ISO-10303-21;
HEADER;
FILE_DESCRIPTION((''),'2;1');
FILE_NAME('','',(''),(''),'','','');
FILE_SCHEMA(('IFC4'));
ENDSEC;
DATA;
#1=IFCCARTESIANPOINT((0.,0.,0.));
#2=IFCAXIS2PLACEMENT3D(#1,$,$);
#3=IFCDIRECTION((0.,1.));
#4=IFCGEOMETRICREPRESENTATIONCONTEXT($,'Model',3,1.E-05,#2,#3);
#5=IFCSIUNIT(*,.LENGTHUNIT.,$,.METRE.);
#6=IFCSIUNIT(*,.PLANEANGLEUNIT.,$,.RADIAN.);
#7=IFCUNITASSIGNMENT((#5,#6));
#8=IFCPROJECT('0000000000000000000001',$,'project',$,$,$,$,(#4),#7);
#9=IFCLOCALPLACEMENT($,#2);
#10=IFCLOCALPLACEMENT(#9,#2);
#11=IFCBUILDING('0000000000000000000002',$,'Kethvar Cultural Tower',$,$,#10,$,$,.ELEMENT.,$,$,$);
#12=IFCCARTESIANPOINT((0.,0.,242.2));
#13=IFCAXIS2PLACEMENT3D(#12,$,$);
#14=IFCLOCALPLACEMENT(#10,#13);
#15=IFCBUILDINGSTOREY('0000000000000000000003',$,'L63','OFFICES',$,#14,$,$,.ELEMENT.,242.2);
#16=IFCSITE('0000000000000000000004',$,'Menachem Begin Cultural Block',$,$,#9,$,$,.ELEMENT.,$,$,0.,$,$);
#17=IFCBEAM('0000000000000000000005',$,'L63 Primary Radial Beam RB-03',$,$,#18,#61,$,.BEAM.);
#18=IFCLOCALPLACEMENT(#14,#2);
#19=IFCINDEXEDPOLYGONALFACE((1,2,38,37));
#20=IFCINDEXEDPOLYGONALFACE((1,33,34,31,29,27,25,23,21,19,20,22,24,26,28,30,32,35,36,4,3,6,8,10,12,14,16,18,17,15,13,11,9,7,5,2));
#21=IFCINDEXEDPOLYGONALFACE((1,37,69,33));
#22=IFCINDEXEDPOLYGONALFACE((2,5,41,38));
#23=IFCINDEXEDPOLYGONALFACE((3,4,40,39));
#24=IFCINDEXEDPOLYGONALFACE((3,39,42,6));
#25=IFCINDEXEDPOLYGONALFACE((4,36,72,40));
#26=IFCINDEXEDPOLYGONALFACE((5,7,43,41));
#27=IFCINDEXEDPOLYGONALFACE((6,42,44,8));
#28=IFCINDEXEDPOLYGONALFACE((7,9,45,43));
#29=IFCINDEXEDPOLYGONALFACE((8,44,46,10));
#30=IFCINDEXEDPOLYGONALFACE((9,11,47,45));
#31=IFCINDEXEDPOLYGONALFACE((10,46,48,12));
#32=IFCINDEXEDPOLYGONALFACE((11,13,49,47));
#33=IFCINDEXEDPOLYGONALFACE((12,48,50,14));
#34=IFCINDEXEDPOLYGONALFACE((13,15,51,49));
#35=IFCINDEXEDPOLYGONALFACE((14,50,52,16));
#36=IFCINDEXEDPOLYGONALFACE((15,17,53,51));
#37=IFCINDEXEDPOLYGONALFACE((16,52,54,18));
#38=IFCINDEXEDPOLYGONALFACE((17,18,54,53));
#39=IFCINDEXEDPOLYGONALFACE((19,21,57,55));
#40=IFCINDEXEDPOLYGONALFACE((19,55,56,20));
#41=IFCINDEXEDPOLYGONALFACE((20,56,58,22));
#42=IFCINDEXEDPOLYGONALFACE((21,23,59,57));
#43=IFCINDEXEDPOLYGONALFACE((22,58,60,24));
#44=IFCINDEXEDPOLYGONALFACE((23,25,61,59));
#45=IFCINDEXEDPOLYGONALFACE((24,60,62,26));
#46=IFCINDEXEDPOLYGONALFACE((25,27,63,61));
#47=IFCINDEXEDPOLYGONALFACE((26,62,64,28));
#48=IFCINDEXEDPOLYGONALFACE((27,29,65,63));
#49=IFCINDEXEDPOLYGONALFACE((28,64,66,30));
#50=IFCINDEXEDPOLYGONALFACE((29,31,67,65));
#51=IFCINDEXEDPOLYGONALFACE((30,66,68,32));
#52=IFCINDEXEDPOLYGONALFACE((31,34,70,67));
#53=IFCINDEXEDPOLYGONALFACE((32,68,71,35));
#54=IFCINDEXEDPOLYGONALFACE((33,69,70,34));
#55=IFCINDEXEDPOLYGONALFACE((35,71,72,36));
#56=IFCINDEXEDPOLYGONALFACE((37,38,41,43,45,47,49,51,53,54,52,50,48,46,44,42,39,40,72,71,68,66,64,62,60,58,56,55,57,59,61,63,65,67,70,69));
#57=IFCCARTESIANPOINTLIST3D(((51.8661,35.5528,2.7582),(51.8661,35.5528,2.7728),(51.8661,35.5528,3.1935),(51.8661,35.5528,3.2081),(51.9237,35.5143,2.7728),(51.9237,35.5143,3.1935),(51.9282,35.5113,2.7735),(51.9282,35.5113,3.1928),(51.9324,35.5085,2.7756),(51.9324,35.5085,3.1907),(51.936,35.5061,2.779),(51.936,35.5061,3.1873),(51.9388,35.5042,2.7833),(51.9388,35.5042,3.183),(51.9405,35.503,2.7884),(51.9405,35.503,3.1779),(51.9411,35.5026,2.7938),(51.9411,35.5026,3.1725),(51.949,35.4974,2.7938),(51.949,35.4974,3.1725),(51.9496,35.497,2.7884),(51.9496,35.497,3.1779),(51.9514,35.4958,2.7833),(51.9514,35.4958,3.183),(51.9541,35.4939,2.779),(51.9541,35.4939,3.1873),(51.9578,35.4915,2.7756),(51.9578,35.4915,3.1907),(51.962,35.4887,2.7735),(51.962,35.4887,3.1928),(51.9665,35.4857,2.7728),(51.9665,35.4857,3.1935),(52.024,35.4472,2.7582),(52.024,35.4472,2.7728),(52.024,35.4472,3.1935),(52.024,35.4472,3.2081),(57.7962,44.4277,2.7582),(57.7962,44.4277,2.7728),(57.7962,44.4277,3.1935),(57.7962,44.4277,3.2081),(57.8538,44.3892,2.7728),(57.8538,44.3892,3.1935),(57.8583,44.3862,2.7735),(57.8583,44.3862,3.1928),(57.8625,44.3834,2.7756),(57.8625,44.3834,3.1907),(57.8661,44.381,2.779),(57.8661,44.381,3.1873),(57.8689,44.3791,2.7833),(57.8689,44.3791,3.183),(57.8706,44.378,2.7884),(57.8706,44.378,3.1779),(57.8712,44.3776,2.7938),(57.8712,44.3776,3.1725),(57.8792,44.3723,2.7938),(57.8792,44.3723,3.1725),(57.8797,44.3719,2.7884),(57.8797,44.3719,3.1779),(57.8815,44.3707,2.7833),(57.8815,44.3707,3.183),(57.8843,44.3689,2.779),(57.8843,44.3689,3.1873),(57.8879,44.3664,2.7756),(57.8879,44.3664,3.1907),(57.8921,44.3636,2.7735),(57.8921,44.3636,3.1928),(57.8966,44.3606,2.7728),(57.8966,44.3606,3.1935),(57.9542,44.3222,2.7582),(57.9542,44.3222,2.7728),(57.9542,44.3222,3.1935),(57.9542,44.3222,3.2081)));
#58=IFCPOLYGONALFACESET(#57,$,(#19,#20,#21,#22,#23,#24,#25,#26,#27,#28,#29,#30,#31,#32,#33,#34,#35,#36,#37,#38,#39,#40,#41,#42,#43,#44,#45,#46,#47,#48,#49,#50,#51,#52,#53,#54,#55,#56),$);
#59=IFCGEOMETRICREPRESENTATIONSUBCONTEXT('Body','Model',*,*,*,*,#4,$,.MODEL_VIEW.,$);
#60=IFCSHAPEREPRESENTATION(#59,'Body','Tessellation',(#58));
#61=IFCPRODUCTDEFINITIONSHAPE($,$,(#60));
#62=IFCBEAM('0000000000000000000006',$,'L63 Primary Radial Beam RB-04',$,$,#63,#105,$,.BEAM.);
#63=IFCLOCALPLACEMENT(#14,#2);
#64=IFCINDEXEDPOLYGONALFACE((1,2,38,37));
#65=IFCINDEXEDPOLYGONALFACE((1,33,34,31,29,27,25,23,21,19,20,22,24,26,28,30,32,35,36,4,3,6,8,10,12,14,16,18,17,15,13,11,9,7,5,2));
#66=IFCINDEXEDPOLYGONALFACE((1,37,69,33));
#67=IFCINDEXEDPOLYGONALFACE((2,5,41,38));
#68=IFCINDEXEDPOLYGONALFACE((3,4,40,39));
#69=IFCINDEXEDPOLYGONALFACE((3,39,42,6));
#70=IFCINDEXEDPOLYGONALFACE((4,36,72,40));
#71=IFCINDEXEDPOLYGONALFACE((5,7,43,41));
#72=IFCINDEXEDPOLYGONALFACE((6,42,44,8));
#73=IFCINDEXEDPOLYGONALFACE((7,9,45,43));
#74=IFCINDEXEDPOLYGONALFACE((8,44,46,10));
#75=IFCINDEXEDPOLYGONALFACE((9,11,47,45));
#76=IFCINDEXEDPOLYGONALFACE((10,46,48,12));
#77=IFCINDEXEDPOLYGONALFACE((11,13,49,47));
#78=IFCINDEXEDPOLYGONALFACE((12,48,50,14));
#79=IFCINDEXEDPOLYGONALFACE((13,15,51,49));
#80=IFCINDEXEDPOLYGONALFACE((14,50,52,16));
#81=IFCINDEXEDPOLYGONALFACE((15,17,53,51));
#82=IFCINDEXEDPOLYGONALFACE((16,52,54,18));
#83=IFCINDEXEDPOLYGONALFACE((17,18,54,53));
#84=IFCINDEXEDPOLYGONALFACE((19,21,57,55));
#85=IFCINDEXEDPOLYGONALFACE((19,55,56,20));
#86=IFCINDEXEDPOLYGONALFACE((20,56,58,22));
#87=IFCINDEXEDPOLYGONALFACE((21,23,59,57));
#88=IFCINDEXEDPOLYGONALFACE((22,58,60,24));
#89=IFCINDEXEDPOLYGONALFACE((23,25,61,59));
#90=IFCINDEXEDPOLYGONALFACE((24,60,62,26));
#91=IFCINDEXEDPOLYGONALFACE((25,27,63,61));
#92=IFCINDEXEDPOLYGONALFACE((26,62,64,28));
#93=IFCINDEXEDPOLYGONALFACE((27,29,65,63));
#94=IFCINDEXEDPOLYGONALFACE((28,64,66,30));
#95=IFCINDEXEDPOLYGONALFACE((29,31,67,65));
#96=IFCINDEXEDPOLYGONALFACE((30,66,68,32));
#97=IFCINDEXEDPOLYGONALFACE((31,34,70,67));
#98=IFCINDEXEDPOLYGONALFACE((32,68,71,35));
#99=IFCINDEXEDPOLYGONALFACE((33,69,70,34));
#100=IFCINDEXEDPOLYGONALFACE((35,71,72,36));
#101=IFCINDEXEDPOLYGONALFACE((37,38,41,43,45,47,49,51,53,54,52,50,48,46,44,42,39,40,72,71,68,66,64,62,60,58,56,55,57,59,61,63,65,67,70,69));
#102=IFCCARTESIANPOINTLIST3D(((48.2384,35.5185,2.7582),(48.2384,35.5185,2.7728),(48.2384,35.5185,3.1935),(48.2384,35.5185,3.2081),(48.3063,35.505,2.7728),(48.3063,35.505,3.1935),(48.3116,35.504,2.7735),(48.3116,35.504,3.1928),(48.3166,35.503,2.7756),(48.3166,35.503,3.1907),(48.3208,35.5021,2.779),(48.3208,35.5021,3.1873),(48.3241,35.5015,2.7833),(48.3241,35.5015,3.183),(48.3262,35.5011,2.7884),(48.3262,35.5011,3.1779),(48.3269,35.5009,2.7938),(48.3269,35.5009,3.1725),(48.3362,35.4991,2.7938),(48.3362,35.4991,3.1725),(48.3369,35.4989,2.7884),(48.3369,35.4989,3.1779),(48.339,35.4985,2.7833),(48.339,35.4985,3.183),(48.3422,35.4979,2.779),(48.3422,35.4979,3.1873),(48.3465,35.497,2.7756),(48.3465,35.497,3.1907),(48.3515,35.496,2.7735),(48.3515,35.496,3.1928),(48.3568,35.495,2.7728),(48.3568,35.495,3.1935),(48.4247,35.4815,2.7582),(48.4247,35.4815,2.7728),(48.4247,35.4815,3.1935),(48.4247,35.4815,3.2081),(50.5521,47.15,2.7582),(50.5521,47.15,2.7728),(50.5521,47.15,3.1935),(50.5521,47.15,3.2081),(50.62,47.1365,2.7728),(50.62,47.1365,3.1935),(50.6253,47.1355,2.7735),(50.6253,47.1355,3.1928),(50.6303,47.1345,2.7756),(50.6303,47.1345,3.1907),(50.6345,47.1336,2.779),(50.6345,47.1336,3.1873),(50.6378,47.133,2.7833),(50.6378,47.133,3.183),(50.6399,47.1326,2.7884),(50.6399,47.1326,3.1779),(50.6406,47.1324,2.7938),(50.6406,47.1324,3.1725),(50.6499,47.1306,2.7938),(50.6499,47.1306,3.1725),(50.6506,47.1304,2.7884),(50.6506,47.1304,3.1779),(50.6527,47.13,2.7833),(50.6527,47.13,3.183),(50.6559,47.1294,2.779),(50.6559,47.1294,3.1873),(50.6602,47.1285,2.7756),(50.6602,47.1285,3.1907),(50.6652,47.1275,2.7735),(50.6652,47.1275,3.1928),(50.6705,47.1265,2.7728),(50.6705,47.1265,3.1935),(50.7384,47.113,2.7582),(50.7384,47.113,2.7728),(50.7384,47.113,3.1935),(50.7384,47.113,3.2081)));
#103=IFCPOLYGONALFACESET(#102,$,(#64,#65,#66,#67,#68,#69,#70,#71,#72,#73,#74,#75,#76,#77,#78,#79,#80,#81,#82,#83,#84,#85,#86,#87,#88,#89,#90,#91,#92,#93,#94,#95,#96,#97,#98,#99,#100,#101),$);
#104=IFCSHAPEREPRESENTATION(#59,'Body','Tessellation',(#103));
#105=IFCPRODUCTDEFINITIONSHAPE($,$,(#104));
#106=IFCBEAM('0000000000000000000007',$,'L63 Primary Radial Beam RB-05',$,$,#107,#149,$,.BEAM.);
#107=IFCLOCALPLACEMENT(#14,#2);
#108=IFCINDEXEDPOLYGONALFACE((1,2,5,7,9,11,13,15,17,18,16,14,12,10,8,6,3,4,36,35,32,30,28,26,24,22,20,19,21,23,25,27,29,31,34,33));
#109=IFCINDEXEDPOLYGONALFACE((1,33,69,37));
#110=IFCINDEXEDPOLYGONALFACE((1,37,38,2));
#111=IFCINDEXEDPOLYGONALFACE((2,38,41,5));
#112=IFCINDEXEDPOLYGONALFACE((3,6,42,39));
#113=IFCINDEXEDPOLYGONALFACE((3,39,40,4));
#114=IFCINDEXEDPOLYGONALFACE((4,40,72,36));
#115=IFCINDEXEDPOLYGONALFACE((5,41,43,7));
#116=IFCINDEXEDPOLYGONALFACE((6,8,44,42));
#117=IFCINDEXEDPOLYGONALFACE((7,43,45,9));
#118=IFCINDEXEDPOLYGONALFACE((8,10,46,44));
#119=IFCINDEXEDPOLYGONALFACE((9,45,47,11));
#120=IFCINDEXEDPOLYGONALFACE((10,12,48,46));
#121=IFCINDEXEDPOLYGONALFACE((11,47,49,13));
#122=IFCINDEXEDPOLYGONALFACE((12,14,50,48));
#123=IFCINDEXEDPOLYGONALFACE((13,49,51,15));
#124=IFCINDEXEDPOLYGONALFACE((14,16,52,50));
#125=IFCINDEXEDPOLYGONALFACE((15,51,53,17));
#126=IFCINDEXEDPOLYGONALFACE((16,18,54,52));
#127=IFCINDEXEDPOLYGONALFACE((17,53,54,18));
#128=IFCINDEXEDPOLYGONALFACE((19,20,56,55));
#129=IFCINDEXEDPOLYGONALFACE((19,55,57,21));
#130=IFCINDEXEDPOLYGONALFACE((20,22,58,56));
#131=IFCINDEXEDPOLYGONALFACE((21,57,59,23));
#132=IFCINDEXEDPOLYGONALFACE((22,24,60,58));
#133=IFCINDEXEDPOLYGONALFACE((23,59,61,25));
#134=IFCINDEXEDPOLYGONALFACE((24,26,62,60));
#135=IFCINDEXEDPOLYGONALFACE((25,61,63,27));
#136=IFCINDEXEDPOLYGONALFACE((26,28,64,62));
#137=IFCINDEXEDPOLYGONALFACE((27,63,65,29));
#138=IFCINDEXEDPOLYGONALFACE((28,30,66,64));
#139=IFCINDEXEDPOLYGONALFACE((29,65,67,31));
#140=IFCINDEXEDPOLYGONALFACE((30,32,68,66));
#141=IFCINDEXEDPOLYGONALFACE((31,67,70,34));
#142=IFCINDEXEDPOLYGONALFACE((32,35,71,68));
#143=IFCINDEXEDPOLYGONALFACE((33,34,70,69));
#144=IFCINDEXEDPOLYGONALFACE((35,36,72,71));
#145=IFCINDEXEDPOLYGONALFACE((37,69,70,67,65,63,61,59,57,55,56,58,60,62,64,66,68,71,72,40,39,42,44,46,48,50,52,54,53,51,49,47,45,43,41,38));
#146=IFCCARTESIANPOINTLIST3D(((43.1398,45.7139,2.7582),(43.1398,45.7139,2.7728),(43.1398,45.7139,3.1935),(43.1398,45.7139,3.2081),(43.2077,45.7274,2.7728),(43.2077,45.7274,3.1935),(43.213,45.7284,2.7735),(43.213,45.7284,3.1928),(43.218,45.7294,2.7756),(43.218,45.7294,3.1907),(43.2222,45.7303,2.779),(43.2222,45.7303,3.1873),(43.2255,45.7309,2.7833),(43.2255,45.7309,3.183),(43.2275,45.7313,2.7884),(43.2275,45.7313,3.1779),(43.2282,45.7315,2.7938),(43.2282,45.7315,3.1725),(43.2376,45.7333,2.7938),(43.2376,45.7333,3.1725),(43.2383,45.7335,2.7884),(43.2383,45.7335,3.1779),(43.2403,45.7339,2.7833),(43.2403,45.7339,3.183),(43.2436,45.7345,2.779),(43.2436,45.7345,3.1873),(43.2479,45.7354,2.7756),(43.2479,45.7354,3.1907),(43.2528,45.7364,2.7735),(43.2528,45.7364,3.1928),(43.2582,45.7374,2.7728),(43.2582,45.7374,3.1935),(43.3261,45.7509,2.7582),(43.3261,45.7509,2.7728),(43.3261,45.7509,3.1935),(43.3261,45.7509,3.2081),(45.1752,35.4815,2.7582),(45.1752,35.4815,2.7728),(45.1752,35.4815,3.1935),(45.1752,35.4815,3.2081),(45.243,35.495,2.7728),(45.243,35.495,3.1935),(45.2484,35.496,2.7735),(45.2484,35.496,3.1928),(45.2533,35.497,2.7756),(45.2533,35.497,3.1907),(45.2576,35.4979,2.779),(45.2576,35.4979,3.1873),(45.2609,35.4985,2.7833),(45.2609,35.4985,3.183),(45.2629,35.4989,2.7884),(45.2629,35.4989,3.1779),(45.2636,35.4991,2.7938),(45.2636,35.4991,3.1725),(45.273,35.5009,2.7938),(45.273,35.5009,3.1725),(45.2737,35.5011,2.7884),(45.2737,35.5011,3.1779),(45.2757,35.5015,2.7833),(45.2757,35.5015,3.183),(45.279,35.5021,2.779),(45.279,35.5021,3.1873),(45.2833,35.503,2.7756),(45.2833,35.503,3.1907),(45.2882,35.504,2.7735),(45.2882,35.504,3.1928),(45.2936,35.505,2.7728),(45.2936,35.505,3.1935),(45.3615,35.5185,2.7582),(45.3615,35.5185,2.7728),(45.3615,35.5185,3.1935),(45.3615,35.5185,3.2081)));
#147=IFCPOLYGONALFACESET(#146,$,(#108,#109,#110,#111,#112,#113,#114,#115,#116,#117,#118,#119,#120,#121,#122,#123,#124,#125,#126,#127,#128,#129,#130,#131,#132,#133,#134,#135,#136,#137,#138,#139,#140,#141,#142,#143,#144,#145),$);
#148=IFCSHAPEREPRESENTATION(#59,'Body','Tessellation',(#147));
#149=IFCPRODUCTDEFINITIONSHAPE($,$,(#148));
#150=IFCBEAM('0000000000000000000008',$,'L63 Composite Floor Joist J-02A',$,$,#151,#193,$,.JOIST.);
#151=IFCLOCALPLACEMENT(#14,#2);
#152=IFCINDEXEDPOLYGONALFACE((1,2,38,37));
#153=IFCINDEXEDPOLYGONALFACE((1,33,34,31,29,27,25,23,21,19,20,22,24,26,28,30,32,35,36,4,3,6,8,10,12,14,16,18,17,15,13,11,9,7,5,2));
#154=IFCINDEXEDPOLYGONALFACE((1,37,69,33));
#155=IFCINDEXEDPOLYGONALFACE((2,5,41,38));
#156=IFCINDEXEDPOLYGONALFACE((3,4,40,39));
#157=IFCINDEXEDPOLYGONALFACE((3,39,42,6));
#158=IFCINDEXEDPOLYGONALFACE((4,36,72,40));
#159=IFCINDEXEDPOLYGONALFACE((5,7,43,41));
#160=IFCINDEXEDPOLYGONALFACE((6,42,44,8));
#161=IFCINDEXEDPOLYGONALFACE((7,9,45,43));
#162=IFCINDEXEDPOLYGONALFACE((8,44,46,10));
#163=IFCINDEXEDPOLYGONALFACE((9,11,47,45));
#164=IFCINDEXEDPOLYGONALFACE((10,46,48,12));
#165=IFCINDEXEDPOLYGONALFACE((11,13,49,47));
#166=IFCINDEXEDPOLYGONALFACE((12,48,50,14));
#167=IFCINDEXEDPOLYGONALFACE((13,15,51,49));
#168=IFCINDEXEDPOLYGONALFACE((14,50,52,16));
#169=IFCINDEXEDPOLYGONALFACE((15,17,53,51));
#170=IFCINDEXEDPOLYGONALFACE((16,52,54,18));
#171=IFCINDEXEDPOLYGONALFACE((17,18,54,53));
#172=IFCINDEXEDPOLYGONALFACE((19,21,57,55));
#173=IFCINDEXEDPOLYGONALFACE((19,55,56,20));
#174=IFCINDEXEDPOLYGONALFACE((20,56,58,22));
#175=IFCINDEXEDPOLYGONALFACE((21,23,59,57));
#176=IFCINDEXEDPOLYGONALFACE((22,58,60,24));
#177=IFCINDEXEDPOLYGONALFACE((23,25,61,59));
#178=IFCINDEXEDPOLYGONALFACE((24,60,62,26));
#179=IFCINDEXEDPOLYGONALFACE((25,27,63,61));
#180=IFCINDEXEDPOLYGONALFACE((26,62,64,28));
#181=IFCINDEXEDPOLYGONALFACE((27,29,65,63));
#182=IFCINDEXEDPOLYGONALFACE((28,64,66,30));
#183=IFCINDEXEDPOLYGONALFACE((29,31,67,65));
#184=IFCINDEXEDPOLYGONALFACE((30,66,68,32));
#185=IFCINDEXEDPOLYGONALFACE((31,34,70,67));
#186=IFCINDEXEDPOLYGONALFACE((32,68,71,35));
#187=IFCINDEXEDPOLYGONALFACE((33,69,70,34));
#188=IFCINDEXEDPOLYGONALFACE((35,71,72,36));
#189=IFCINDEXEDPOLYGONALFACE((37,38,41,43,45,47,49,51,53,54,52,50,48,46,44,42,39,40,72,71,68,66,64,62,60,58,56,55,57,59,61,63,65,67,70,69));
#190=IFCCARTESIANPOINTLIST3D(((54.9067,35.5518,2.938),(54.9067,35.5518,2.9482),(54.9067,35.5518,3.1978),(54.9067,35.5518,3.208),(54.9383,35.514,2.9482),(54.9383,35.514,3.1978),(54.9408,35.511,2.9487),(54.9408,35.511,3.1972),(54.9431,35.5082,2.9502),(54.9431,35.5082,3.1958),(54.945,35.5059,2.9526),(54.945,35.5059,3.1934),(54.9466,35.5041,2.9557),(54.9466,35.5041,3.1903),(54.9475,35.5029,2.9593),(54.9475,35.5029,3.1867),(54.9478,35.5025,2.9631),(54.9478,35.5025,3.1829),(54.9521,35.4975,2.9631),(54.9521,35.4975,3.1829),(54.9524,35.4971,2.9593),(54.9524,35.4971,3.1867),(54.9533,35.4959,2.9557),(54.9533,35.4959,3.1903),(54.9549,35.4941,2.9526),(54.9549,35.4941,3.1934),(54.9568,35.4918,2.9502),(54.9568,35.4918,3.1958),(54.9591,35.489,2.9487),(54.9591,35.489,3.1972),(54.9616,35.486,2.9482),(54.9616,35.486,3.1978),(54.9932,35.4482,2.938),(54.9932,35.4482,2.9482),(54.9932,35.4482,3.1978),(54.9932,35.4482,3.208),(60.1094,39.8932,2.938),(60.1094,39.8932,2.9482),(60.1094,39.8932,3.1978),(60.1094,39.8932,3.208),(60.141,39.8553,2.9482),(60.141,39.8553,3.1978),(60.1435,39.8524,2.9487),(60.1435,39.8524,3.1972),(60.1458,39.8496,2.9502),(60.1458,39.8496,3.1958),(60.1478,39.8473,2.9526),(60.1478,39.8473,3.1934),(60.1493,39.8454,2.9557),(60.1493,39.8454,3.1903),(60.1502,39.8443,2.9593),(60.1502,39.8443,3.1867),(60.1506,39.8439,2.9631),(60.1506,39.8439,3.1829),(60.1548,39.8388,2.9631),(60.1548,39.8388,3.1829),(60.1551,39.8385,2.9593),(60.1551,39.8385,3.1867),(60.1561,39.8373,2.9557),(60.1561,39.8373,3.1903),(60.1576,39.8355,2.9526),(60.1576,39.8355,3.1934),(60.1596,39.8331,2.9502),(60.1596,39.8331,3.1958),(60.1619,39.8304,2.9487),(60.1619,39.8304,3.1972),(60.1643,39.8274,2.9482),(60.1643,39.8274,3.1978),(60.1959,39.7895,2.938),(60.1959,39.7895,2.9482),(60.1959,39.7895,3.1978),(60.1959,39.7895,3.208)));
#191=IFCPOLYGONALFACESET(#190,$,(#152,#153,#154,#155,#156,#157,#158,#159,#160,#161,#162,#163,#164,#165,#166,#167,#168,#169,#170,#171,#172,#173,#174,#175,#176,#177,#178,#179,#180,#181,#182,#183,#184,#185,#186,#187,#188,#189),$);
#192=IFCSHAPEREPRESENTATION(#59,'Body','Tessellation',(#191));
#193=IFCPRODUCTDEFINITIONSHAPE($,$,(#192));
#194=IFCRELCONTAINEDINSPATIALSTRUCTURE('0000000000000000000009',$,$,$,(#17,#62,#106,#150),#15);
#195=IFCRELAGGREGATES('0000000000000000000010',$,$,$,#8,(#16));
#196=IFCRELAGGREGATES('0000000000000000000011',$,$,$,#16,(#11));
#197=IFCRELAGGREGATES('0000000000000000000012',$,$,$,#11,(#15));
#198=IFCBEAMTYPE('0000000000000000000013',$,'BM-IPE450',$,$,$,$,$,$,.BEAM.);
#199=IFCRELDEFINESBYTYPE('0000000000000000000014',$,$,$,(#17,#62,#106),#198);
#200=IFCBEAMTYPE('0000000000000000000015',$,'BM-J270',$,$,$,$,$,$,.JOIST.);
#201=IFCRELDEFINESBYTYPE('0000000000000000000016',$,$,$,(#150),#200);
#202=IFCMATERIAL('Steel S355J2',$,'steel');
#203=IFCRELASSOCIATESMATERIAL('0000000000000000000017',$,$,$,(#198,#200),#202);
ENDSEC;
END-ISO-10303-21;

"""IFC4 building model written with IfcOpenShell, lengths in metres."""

from ifc_helpers import new_model, si_unit, direction, frame, origin, origin_2d, place, context, subcontext, project, spatial, i_section, extrude, source, transform, mapped, material, material_profile, profile_set, type_object, element, save


model = new_model("IFC4")

# Units and contexts
model_context = context("Model", 3, precision=1e-05, world=origin(), true_north=direction((0.0, 1.0)))
body_context = subcontext(model_context, "Body", "Model", "MODEL_VIEW")
ifc_project = project(units=[si_unit("LENGTHUNIT", "METRE"), si_unit("PLANEANGLEUNIT", "RADIAN")], contexts=[model_context])

# Site, building, storey
site_placement = place(None, origin())
site = spatial("IfcSite", under=ifc_project, at=site_placement, Name="Menachem Begin Cultural Block", CompositionType="ELEMENT", RefElevation=0.0)
building_placement = place(site_placement, origin())
building = spatial("IfcBuilding", under=site, at=building_placement, Name="Kethvar Cultural Tower", CompositionType="ELEMENT")
storey_placement = place(building_placement, frame((0.0, 0.0, 242.2)))
storey = spatial("IfcBuildingStorey", under=building, at=storey_placement, Name="L63", Description="OFFICES", CompositionType="ELEMENT", Elevation=242.2)

# Beams
ifc_material_1 = material(Name="Steel S355J2", Category="steel")
ifc_material_profile_1 = material_profile(ifc_material_1, i_section(OverallWidth=0.1899, OverallDepth=0.45, WebThickness=0.0095, FlangeThickness=0.0146, FilletRadius=0.021, at=origin_2d()), Name="Steel S355J2 — IPE450")
ifc_profile_set_1 = profile_set([ifc_material_profile_1], Name="Steel S355J2 — IPE450")
beam_type_1 = type_object("IfcBeamType", Name="BM-IPE450", PredefinedType="BEAM", material=ifc_profile_set_1)
shared_shape_1 = source(origin(), body_context, "Body", "SweptSolid", [
    extrude(i_section(OverallWidth=0.1899, OverallDepth=0.45, WebThickness=0.0095, FlangeThickness=0.0146, FilletRadius=0.021, at=origin_2d()), origin(), (0.0, 0.0, 1.0), 10.6738),
])
beam_1_placement = place(storey_placement, frame((51.9451, 35.5, 2.9832), z_axis=(0.555576, 0.831466, 0.0), x_axis=(-0.831466, 0.555576, 0.0)))
element("IfcBeam", 1, at=beam_1_placement, inside=storey, type_object=beam_type_1, Name="L63 Primary Radial Beam RB-03", PredefinedType="BEAM", context=body_context, shape_type="MappedRepresentation", body=[
    mapped(shared_shape_1, transform((0.0, 0.0, 0.0), scale=1.0)),
])
shared_shape_2 = source(origin(), body_context, "Body", "SweptSolid", [
    extrude(i_section(OverallWidth=0.1899, OverallDepth=0.45, WebThickness=0.0095, FlangeThickness=0.0146, FilletRadius=0.021, at=origin_2d()), origin(), (0.0, 0.0, 1.0), 11.8594),
])
beam_2_placement = place(storey_placement, frame((48.3315, 35.5, 2.9832), z_axis=(0.195095, 0.980784, 0.0), x_axis=(-0.980784, 0.195095, 0.0)))
element("IfcBeam", 2, at=beam_2_placement, inside=storey, type_object=beam_type_1, Name="L63 Primary Radial Beam RB-04", PredefinedType="BEAM", context=body_context, shape_type="MappedRepresentation", body=[
    mapped(shared_shape_2, transform((0.0, 0.0, 0.0), scale=1.0)),
])
shared_shape_3 = source(origin(), body_context, "Body", "SweptSolid", [
    extrude(i_section(OverallWidth=0.1899, OverallDepth=0.45, WebThickness=0.0095, FlangeThickness=0.0146, FilletRadius=0.021, at=origin_2d()), origin(), (0.0, 0.0, 1.0), 10.4329),
])
beam_3_placement = place(storey_placement, frame((45.2683, 35.5, 2.9832), z_axis=(-0.195094, 0.980784, 0.0), x_axis=(-0.980784, -0.195094, 0.0)))
element("IfcBeam", 3, at=beam_3_placement, inside=storey, type_object=beam_type_1, Name="L63 Primary Radial Beam RB-05", PredefinedType="BEAM", context=body_context, shape_type="MappedRepresentation", body=[
    mapped(shared_shape_3, transform((0.0, 0.0, 0.0), scale=1.0)),
])
ifc_material_profile_2 = material_profile(ifc_material_1, i_section(OverallWidth=0.135, OverallDepth=0.27, WebThickness=0.0066, FlangeThickness=0.0103, FilletRadius=0.0149, at=origin_2d()), Name="Steel S355J2 — IPE270")
ifc_profile_set_2 = profile_set([ifc_material_profile_2], Name="Steel S355J2 — IPE270")
beam_type_2 = type_object("IfcBeamType", Name="BM-J270", PredefinedType="JOIST", material=ifc_profile_set_2)
shared_shape_4 = source(origin(), body_context, "Body", "SweptSolid", [
    extrude(i_section(OverallWidth=0.135, OverallDepth=0.27, WebThickness=0.0066, FlangeThickness=0.0103, FilletRadius=0.0149, at=origin_2d()), origin(), (0.0, 0.0, 1.0), 6.7761),
])
beam_4_placement = place(storey_placement, frame((54.95, 35.5, 3.073), z_axis=(0.767802, 0.640688, 0.0), x_axis=(-0.640688, 0.767802, 0.0)))
element("IfcBeam", 4, at=beam_4_placement, inside=storey, type_object=beam_type_2, Name="L63 Composite Floor Joist J-02A", PredefinedType="JOIST", context=body_context, shape_type="MappedRepresentation", body=[
    mapped(shared_shape_4, transform((0.0, 0.0, 0.0), scale=1.0)),
])

save(model, "model.ifc")
